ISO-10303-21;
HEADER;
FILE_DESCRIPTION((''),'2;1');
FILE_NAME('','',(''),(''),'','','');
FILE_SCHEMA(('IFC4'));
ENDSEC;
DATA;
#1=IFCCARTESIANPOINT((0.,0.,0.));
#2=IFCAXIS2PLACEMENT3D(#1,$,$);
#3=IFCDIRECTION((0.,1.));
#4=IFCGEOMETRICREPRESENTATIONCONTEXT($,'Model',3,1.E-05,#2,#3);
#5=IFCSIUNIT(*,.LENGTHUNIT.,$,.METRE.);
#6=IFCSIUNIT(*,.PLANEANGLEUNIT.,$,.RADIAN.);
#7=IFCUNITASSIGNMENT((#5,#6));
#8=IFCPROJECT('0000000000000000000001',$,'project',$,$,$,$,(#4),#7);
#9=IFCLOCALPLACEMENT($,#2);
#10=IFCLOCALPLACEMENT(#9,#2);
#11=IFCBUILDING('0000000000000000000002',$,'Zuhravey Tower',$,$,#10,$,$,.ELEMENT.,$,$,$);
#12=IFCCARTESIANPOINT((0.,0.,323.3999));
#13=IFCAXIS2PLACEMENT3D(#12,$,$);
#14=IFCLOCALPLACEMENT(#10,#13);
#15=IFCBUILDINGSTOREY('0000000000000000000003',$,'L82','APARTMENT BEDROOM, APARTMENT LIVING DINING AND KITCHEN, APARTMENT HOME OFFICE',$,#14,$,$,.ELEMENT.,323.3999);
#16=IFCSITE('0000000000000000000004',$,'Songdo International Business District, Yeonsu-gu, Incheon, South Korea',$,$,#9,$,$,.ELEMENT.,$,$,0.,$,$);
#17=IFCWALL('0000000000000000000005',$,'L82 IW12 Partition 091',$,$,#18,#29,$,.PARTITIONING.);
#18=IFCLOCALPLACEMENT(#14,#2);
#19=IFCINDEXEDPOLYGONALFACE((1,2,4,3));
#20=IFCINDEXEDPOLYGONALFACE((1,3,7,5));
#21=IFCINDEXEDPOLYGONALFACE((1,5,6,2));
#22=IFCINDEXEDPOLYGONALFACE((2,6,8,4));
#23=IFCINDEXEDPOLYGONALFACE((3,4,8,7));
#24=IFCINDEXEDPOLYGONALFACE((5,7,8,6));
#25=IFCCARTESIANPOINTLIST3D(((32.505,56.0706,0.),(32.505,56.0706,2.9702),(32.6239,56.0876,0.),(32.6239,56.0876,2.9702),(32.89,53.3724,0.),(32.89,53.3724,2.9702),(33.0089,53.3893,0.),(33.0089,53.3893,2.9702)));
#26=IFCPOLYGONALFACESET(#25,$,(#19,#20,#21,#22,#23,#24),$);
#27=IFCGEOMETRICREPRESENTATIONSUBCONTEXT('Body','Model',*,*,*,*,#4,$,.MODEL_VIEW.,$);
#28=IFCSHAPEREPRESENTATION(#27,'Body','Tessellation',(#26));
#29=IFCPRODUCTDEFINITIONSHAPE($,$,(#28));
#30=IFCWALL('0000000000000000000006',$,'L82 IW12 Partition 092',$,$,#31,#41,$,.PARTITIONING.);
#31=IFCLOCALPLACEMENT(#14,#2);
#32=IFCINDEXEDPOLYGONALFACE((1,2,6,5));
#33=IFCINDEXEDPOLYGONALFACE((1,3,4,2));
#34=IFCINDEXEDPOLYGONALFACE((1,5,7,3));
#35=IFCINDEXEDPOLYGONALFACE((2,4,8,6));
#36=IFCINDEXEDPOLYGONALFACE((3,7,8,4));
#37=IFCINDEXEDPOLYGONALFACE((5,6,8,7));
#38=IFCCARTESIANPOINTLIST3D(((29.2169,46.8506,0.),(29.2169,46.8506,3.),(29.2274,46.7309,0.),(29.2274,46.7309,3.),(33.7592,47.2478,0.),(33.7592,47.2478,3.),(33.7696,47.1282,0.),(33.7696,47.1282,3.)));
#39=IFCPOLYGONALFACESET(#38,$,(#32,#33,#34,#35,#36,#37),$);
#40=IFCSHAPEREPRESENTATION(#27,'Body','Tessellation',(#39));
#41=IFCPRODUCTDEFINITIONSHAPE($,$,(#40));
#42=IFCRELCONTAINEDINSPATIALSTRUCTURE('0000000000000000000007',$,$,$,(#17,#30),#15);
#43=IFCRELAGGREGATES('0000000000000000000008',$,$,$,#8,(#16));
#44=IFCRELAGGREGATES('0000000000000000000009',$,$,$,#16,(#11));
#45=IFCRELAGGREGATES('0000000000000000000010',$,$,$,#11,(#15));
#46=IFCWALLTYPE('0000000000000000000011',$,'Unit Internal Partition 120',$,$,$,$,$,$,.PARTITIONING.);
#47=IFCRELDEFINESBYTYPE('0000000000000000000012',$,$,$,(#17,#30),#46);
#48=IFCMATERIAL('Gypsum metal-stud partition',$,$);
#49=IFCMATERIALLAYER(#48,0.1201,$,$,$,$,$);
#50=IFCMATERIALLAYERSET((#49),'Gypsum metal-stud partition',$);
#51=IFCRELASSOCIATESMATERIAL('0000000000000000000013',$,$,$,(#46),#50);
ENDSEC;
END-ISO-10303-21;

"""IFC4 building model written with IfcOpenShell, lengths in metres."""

from ifc_helpers import new_model, si_unit, direction, frame, frame_2d, origin, place, context, subcontext, project, spatial, rectangle, extrude, material, layer, layer_set, type_object, element, save


model = new_model("IFC4")

# Units and contexts
model_context = context("Model", 3, precision=1e-05, world=origin(), true_north=direction((0.0, 1.0)))
body_context = subcontext(model_context, "Body", "Model", "MODEL_VIEW")
ifc_project = project(units=[si_unit("LENGTHUNIT", "METRE"), si_unit("PLANEANGLEUNIT", "RADIAN")], contexts=[model_context])

# Site, building, storey
site_placement = place(None, origin())
site = spatial("IfcSite", under=ifc_project, at=site_placement, Name="Songdo International Business District, Yeonsu-gu, Incheon, South Korea", CompositionType="ELEMENT", RefElevation=0.0)
building_placement = place(site_placement, origin())
building = spatial("IfcBuilding", under=site, at=building_placement, Name="Zuhravey Tower", CompositionType="ELEMENT")
storey_placement = place(building_placement, frame((0.0, 0.0, 323.3999)))
storey = spatial("IfcBuildingStorey", under=building, at=storey_placement, Name="L82", Description="APARTMENT BEDROOM, APARTMENT LIVING DINING AND KITCHEN, APARTMENT HOME OFFICE", CompositionType="ELEMENT", Elevation=323.3999)

# Shared definitions
ifc_material_1 = material(Name="Gypsum metal-stud partition")
ifc_layer_1 = layer(ifc_material_1, 0.1201)
ifc_layer_set_1 = layer_set([ifc_layer_1], Name="Gypsum metal-stud partition")
wall_type_1 = type_object("IfcWallType", Name="Unit Internal Partition 120", PredefinedType="PARTITIONING", material=ifc_layer_set_1)

# Walls
wall_1_placement = place(storey_placement, frame((32.9495, 53.3809, 0.0), z_axis=(0.0, 0.0, 1.0), x_axis=(-0.141258, 0.989973, 0.0)))
element("IfcWall", 1, at=wall_1_placement, inside=storey, type_object=wall_type_1, Name="L82 IW12 Partition 091", PredefinedType="PARTITIONING", context=body_context, shape_type="SweptSolid", body=[
    extrude(rectangle(XDim=2.7256, YDim=0.1201, at=frame_2d((1.3628, 0.0))), origin(), (0.0, 0.0, 1.0), 2.9702),
])
wall_2_placement = place(storey_placement, frame((33.7644, 47.188, 0.0), z_axis=(0.0, 0.0, 1.0), x_axis=(-0.996198, -0.087117, 0.0)))
element("IfcWall", 2, at=wall_2_placement, inside=storey, type_object=wall_type_1, Name="L82 IW12 Partition 092", PredefinedType="PARTITIONING", context=body_context, shape_type="SweptSolid", body=[
    extrude(rectangle(XDim=4.5596, YDim=0.1201, at=frame_2d((2.2798, 0.0))), origin(), (0.0, 0.0, 1.0), 3.0),
])

save(model, "model.ifc")
